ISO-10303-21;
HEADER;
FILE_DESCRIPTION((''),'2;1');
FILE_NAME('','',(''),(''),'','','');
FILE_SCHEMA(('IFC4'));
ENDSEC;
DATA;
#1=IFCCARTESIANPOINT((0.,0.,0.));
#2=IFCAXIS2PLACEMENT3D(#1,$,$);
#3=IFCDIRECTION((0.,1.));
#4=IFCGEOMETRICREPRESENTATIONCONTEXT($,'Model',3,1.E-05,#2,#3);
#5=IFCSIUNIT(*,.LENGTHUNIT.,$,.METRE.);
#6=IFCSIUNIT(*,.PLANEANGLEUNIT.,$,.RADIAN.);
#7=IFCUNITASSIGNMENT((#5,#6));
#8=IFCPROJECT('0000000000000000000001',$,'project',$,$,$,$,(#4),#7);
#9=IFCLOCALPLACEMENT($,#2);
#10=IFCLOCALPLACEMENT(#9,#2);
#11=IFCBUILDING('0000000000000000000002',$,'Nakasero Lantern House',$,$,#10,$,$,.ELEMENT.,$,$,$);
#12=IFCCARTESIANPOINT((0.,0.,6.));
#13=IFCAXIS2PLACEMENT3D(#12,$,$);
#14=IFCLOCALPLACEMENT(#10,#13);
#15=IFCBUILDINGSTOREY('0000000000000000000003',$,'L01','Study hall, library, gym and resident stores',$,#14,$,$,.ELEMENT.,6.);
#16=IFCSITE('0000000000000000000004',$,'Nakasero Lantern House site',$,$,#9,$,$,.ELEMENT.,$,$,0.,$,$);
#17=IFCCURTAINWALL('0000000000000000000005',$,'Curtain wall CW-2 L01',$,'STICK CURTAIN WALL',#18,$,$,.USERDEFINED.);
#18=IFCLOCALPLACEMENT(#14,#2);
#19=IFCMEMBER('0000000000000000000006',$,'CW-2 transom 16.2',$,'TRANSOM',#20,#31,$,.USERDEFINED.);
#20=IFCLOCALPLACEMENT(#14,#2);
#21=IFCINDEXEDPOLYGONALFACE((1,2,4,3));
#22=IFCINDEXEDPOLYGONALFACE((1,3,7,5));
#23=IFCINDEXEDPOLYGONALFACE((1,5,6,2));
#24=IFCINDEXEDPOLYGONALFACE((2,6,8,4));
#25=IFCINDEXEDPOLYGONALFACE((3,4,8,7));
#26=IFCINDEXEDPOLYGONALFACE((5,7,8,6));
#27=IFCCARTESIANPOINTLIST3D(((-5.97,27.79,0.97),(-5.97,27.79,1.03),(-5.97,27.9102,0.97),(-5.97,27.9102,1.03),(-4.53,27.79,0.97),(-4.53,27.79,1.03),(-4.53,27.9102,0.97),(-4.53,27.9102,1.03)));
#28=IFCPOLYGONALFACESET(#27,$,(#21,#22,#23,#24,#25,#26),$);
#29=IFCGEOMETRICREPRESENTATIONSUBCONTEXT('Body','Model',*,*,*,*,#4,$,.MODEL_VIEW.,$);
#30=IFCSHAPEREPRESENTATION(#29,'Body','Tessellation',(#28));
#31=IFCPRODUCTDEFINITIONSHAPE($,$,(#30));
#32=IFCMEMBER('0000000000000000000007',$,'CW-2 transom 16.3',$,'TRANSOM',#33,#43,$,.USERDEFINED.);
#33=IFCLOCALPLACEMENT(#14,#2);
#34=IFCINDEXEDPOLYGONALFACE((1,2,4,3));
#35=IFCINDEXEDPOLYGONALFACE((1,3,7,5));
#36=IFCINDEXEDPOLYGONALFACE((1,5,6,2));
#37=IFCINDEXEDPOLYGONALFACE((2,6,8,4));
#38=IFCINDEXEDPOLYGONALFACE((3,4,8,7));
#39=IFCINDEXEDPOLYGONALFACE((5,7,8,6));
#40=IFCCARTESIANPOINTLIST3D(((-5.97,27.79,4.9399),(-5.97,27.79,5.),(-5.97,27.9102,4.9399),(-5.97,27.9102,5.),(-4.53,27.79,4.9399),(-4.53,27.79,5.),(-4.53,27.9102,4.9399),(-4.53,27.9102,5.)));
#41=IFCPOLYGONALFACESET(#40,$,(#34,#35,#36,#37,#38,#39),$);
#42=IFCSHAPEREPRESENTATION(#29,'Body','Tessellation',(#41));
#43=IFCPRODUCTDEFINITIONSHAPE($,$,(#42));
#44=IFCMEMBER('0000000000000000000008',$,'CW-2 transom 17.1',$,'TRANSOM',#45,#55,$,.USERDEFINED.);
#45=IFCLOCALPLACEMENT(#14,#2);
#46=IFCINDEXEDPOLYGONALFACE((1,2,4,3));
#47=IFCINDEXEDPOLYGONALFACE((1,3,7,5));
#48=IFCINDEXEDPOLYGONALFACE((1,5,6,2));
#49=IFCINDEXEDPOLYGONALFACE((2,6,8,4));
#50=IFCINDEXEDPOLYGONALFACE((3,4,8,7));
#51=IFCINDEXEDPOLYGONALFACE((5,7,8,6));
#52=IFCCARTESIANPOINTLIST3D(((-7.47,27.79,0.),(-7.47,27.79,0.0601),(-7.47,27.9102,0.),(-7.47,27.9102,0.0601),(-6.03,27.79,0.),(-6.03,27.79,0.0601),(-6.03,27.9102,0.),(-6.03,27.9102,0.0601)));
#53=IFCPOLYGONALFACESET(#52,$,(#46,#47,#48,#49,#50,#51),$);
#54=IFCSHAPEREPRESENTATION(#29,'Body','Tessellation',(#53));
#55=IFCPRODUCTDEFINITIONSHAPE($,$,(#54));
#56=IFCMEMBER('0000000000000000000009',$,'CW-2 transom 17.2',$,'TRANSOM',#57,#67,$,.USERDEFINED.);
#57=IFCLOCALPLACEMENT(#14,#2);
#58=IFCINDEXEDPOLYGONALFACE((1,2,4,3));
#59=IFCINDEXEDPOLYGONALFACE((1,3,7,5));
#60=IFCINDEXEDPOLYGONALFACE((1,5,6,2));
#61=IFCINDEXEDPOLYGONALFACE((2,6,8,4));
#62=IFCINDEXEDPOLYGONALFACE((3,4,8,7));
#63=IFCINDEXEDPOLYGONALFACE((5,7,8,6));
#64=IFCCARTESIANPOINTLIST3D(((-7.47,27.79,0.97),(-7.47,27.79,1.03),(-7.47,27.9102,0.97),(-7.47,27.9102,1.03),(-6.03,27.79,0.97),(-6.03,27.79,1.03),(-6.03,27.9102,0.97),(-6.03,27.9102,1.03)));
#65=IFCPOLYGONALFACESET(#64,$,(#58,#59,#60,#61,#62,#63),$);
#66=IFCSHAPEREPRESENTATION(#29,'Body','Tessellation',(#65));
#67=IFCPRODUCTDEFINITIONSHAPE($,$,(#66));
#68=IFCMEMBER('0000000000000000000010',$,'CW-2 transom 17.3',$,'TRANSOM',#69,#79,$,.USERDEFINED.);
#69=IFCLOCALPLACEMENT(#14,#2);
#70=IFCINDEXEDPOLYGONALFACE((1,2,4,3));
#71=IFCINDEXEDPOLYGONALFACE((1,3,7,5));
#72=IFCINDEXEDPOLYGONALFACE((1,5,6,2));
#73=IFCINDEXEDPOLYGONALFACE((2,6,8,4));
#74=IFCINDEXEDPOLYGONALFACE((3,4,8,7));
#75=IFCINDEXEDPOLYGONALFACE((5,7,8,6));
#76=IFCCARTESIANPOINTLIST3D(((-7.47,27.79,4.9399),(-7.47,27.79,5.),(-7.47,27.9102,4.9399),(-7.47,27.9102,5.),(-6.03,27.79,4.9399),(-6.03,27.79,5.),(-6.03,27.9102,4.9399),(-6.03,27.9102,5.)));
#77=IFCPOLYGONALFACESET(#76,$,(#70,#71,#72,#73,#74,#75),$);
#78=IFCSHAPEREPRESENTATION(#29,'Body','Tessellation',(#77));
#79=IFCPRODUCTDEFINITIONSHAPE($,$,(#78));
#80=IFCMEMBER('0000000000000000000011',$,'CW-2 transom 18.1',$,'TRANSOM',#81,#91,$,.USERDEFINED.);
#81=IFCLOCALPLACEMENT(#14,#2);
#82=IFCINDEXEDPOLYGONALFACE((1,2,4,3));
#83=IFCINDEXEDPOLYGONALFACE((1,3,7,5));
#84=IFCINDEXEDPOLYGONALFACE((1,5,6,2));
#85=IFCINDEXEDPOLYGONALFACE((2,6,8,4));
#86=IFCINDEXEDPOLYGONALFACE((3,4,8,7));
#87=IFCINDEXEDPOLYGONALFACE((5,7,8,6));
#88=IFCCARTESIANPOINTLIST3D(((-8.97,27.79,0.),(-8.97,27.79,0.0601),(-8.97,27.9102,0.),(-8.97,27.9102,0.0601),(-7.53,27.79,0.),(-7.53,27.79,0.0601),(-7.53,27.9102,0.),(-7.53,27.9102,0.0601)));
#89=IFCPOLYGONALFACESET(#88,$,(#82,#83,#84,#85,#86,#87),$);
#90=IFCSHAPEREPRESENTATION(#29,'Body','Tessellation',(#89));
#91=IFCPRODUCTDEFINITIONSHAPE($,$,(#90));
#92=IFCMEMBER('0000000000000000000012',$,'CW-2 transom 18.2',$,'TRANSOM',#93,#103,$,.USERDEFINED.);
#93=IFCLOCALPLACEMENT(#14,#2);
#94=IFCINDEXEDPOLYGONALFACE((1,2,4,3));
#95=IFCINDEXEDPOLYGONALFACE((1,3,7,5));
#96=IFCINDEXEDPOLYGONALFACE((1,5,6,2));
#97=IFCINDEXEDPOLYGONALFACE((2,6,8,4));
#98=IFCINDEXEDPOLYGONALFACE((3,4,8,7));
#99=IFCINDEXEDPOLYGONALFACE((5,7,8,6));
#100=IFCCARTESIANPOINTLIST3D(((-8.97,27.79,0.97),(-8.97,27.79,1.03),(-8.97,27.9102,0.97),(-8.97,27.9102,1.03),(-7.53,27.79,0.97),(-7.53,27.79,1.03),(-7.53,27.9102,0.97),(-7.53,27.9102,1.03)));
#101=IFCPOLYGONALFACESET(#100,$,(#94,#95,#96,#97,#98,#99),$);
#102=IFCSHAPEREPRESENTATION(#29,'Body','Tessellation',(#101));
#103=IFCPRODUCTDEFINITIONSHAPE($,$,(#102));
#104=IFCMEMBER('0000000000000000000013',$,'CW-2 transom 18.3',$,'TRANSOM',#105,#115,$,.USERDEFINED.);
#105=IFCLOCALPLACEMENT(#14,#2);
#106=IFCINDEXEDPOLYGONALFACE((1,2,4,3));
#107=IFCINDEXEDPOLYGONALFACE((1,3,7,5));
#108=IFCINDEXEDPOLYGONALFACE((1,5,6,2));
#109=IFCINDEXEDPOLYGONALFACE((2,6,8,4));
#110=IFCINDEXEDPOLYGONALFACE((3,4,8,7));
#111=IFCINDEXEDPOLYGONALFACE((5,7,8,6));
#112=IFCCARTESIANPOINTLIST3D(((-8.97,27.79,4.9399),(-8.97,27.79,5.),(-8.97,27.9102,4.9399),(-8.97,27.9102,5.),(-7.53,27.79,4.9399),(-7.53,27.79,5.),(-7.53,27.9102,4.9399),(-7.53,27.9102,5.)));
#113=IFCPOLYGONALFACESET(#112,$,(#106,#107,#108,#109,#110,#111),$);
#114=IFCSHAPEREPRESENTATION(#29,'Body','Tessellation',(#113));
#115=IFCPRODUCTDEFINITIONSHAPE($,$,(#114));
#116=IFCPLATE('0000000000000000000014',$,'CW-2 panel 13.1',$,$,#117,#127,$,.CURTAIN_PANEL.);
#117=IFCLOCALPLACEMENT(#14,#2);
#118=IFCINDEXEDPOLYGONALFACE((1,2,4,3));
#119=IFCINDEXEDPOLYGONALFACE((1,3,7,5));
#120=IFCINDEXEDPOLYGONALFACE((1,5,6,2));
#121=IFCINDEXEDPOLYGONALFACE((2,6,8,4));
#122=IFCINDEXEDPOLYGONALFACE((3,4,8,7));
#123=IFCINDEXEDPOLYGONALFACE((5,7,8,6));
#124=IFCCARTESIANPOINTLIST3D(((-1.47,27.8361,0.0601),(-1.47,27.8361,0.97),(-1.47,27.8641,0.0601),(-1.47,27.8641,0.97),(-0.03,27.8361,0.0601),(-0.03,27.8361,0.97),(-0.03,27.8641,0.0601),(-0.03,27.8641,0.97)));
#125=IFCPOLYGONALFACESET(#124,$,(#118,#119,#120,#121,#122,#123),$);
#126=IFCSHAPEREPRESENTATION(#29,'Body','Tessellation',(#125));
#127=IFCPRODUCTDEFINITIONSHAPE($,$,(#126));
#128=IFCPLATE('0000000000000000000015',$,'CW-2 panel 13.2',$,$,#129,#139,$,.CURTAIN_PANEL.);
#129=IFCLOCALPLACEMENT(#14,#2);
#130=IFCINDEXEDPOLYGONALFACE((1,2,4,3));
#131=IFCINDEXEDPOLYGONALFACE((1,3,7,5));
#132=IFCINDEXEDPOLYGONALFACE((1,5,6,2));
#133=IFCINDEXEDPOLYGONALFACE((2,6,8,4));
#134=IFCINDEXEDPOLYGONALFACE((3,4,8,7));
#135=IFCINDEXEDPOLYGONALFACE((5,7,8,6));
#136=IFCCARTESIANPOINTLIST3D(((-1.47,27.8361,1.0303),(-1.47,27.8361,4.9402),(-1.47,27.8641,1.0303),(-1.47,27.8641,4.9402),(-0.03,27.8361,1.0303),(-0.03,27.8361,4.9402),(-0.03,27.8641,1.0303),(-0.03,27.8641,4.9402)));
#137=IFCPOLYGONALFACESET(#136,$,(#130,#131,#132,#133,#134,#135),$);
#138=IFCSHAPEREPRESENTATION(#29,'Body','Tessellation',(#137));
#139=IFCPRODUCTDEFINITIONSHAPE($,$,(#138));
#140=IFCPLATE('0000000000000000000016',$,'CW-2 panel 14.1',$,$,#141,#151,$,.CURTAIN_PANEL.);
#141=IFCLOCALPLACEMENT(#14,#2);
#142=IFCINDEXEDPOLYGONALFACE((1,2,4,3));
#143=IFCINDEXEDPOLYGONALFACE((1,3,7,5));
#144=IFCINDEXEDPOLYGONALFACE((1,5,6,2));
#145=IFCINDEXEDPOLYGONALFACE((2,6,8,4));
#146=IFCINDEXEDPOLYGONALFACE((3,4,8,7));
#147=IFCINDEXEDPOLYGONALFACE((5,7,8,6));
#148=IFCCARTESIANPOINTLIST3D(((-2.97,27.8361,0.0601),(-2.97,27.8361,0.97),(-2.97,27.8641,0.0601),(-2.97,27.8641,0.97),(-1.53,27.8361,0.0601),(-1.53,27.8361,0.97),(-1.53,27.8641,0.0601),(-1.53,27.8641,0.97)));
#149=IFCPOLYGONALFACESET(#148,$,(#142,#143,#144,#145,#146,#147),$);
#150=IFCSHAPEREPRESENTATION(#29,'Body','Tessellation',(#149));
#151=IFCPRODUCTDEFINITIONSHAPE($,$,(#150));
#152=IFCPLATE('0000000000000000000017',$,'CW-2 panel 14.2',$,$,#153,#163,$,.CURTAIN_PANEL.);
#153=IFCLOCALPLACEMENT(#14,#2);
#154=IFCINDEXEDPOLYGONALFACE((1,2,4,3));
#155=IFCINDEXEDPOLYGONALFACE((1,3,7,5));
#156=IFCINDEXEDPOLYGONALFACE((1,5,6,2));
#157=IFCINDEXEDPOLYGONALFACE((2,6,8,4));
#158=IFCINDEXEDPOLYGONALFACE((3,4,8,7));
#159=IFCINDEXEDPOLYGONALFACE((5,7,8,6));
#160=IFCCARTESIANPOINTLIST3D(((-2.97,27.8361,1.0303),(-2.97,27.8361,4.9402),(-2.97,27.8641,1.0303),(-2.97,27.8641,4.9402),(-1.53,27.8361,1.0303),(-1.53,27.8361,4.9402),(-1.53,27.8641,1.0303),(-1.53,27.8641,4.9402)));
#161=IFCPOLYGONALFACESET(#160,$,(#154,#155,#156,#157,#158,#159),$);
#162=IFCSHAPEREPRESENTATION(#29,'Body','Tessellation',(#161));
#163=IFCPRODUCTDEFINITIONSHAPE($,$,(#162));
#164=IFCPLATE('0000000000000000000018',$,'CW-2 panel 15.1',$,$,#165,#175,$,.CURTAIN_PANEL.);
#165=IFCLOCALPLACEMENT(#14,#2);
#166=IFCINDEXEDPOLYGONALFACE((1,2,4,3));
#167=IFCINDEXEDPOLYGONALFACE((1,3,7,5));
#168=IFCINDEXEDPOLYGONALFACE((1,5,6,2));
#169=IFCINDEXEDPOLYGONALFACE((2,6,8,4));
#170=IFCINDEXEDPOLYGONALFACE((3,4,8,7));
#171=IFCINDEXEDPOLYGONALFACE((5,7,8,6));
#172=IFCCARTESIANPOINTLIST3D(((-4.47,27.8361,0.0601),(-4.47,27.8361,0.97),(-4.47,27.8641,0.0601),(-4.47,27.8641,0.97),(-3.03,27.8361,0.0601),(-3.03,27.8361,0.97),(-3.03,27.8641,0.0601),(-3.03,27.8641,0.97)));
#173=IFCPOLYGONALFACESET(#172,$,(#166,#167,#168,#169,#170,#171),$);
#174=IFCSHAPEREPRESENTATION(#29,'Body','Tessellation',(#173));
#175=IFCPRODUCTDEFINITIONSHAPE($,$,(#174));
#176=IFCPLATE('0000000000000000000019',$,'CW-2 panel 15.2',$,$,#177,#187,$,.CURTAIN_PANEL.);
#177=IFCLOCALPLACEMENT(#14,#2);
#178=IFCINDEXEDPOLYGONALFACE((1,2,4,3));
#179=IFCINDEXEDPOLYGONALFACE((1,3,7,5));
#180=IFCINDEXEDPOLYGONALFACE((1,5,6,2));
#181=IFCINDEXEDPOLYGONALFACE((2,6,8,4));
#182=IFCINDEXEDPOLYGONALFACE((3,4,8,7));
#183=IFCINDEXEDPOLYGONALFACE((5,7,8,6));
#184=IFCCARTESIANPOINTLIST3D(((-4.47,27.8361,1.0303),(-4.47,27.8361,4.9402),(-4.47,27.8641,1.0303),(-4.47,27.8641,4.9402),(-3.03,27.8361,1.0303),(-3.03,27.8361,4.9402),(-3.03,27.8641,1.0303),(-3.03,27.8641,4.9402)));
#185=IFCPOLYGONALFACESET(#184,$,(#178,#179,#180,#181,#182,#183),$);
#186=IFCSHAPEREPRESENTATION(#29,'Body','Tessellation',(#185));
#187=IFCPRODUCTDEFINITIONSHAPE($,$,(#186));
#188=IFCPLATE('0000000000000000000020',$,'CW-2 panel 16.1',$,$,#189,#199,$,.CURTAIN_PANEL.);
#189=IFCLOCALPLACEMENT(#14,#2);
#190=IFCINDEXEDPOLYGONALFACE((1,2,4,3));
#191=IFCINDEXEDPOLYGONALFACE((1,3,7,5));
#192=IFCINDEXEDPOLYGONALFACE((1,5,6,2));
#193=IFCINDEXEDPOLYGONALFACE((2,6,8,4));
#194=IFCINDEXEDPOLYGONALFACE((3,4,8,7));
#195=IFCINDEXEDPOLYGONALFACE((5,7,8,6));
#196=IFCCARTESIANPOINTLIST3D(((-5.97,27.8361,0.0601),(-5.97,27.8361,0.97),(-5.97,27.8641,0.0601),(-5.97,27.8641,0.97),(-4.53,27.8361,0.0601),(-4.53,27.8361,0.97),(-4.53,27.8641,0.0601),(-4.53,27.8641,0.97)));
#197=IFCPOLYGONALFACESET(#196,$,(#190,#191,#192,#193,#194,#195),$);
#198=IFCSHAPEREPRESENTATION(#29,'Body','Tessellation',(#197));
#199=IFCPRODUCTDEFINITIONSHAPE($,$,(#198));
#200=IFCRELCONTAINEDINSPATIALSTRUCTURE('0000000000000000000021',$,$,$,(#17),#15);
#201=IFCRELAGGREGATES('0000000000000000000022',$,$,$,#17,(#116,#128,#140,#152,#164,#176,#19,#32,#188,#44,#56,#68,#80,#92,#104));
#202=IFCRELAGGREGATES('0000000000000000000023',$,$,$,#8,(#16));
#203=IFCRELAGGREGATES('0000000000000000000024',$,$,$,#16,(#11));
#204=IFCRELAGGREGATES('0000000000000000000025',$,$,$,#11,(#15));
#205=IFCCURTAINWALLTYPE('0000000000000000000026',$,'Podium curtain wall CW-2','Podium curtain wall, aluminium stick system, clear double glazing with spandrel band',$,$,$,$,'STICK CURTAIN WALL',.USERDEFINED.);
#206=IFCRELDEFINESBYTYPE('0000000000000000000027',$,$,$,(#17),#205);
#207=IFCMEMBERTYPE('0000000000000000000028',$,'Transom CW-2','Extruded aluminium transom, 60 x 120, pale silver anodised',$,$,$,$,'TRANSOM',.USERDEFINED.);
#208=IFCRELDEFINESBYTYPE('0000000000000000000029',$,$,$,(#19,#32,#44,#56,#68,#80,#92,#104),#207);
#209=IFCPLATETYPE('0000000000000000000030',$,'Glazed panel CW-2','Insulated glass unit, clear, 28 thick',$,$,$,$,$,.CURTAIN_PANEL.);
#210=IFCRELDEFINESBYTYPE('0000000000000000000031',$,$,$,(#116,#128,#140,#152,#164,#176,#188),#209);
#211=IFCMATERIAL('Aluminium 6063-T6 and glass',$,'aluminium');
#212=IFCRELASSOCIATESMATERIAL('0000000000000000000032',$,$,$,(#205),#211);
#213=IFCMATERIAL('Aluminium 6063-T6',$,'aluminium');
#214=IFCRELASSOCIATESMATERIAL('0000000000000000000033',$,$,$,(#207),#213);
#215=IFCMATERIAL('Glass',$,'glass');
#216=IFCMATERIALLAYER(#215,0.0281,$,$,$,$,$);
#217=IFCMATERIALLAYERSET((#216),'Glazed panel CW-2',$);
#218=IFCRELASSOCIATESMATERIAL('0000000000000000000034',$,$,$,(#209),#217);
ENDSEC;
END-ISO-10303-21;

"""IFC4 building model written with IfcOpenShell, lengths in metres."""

from ifc_helpers import new_model, si_unit, direction, frame, origin, origin_2d, place, context, subcontext, project, spatial, rectangle, extrude, material, layer, layer_set, material_profile, profile_set, type_object, element, aggregate, save


model = new_model("IFC4")

# Units and contexts
model_context = context("Model", 3, precision=1e-05, world=origin(), true_north=direction((0.0, 1.0)))
body_context = subcontext(model_context, "Body", "Model", "MODEL_VIEW")
ifc_project = project(units=[si_unit("LENGTHUNIT", "METRE"), si_unit("PLANEANGLEUNIT", "RADIAN")], contexts=[model_context])

# Site, building, storey
site_placement = place(None, origin())
site = spatial("IfcSite", under=ifc_project, at=site_placement, Name="Nakasero Lantern House site", CompositionType="ELEMENT", RefElevation=0.0)
building_placement = place(site_placement, origin())
building = spatial("IfcBuilding", under=site, at=building_placement, Name="Nakasero Lantern House", CompositionType="ELEMENT")
storey_placement = place(building_placement, frame((0.0, 0.0, 6.0)))
storey = spatial("IfcBuildingStorey", under=building, at=storey_placement, Name="L01", Description="Study hall, library, gym and resident stores", CompositionType="ELEMENT", Elevation=6.0)

# Curtain wall, members, plates
ifc_material_1 = material(Name="Aluminium 6063-T6 and glass", Category="aluminium")
curtain_wall_type = type_object("IfcCurtainWallType", Name="Podium curtain wall CW-2", Description="Podium curtain wall, aluminium stick system, clear double glazing with spandrel band", ElementType="STICK CURTAIN WALL", PredefinedType="USERDEFINED", material=ifc_material_1)
curtain_wall_placement = place(storey_placement, origin())
curtain_wall = element("IfcCurtainWall", 1, at=curtain_wall_placement, inside=storey, type_object=curtain_wall_type, Name="Curtain wall CW-2 L01", ObjectType="STICK CURTAIN WALL", PredefinedType="USERDEFINED")
ifc_material_2 = material(Name="Aluminium 6063-T6", Category="aluminium")
ifc_material_profile_1 = material_profile(ifc_material_2, rectangle(XDim=0.0601, YDim=0.1201, at=origin_2d()), Name="CW-2 transom 60x120")
ifc_profile_set_1 = profile_set([ifc_material_profile_1], Name="Aluminium 6063-T6")
member_type_1 = type_object("IfcMemberType", Name="Transom CW-2", Description="Extruded aluminium transom, 60 x 120, pale silver anodised", ElementType="TRANSOM", PredefinedType="USERDEFINED", material=ifc_profile_set_1)
member_1_placement = place(storey_placement, frame((-4.53, 27.8501, 1.0), z_axis=(-1.0, 0.0, 0.0), x_axis=(0.0, 0.0, 1.0)))
member_1 = element("IfcMember", 2, at=member_1_placement, type_object=member_type_1, Name="CW-2 transom 16.2", ObjectType="TRANSOM", PredefinedType="USERDEFINED", context=body_context, shape_type="SweptSolid", body=[
    extrude(rectangle(XDim=0.0601, YDim=0.1201, at=origin_2d()), origin(), (0.0, 0.0, 1.0), 1.4399),
])
member_2_placement = place(storey_placement, frame((-4.53, 27.8501, 4.97), z_axis=(-1.0, 0.0, 0.0), x_axis=(0.0, 0.0, 1.0)))
member_2 = element("IfcMember", 3, at=member_2_placement, type_object=member_type_1, Name="CW-2 transom 16.3", ObjectType="TRANSOM", PredefinedType="USERDEFINED", context=body_context, shape_type="SweptSolid", body=[
    extrude(rectangle(XDim=0.0601, YDim=0.1201, at=origin_2d()), origin(), (0.0, 0.0, 1.0), 1.4399),
])
member_3_placement = place(storey_placement, frame((-6.03, 27.8501, 0.03), z_axis=(-1.0, 0.0, 0.0), x_axis=(0.0, 0.0, 1.0)))
member_3 = element("IfcMember", 4, at=member_3_placement, type_object=member_type_1, Name="CW-2 transom 17.1", ObjectType="TRANSOM", PredefinedType="USERDEFINED", context=body_context, shape_type="SweptSolid", body=[
    extrude(rectangle(XDim=0.0601, YDim=0.1201, at=origin_2d()), origin(), (0.0, 0.0, 1.0), 1.4399),
])
member_4_placement = place(storey_placement, frame((-6.03, 27.8501, 1.0), z_axis=(-1.0, 0.0, 0.0), x_axis=(0.0, 0.0, 1.0)))
member_4 = element("IfcMember", 5, at=member_4_placement, type_object=member_type_1, Name="CW-2 transom 17.2", ObjectType="TRANSOM", PredefinedType="USERDEFINED", context=body_context, shape_type="SweptSolid", body=[
    extrude(rectangle(XDim=0.0601, YDim=0.1201, at=origin_2d()), origin(), (0.0, 0.0, 1.0), 1.4399),
])
member_5_placement = place(storey_placement, frame((-6.03, 27.8501, 4.97), z_axis=(-1.0, 0.0, 0.0), x_axis=(0.0, 0.0, 1.0)))
member_5 = element("IfcMember", 6, at=member_5_placement, type_object=member_type_1, Name="CW-2 transom 17.3", ObjectType="TRANSOM", PredefinedType="USERDEFINED", context=body_context, shape_type="SweptSolid", body=[
    extrude(rectangle(XDim=0.0601, YDim=0.1201, at=origin_2d()), origin(), (0.0, 0.0, 1.0), 1.4399),
])
member_6_placement = place(storey_placement, frame((-7.53, 27.8501, 0.03), z_axis=(-1.0, 0.0, 0.0), x_axis=(0.0, 0.0, 1.0)))
member_6 = element("IfcMember", 7, at=member_6_placement, type_object=member_type_1, Name="CW-2 transom 18.1", ObjectType="TRANSOM", PredefinedType="USERDEFINED", context=body_context, shape_type="SweptSolid", body=[
    extrude(rectangle(XDim=0.0601, YDim=0.1201, at=origin_2d()), origin(), (0.0, 0.0, 1.0), 1.4399),
])
member_7_placement = place(storey_placement, frame((-7.53, 27.8501, 1.0), z_axis=(-1.0, 0.0, 0.0), x_axis=(0.0, 0.0, 1.0)))
member_7 = element("IfcMember", 8, at=member_7_placement, type_object=member_type_1, Name="CW-2 transom 18.2", ObjectType="TRANSOM", PredefinedType="USERDEFINED", context=body_context, shape_type="SweptSolid", body=[
    extrude(rectangle(XDim=0.0601, YDim=0.1201, at=origin_2d()), origin(), (0.0, 0.0, 1.0), 1.4399),
])
member_8_placement = place(storey_placement, frame((-7.53, 27.8501, 4.97), z_axis=(-1.0, 0.0, 0.0), x_axis=(0.0, 0.0, 1.0)))
member_8 = element("IfcMember", 9, at=member_8_placement, type_object=member_type_1, Name="CW-2 transom 18.3", ObjectType="TRANSOM", PredefinedType="USERDEFINED", context=body_context, shape_type="SweptSolid", body=[
    extrude(rectangle(XDim=0.0601, YDim=0.1201, at=origin_2d()), origin(), (0.0, 0.0, 1.0), 1.4399),
])
ifc_material_3 = material(Name="Glass", Category="glass")
ifc_layer = layer(ifc_material_3, 0.0281)
ifc_layer_set = layer_set([ifc_layer], Name="Glazed panel CW-2")
plate_type = type_object("IfcPlateType", Name="Glazed panel CW-2", Description="Insulated glass unit, clear, 28 thick", PredefinedType="CURTAIN_PANEL", material=ifc_layer_set)
plate_1_placement = place(storey_placement, frame((-0.75, 27.8501, 0.0601), z_axis=(0.0, 0.0, 1.0), x_axis=(-1.0, 0.0, 0.0)))
plate_1 = element("IfcPlate", 10, at=plate_1_placement, type_object=plate_type, Name="CW-2 panel 13.1", PredefinedType="CURTAIN_PANEL", context=body_context, shape_type="SweptSolid", body=[
    extrude(rectangle(XDim=1.4399, YDim=0.0281, at=origin_2d()), origin(), (0.0, 0.0, 1.0), 0.9099),
])
plate_2_placement = place(storey_placement, frame((-0.75, 27.8501, 1.0303), z_axis=(0.0, 0.0, 1.0), x_axis=(-1.0, 0.0, 0.0)))
plate_2 = element("IfcPlate", 11, at=plate_2_placement, type_object=plate_type, Name="CW-2 panel 13.2", PredefinedType="CURTAIN_PANEL", context=body_context, shape_type="SweptSolid", body=[
    extrude(rectangle(XDim=1.4399, YDim=0.0281, at=origin_2d()), origin(), (0.0, 0.0, 1.0), 3.9099),
])
plate_3_placement = place(storey_placement, frame((-2.25, 27.8501, 0.0601), z_axis=(0.0, 0.0, 1.0), x_axis=(-1.0, 0.0, 0.0)))
plate_3 = element("IfcPlate", 12, at=plate_3_placement, type_object=plate_type, Name="CW-2 panel 14.1", PredefinedType="CURTAIN_PANEL", context=body_context, shape_type="SweptSolid", body=[
    extrude(rectangle(XDim=1.4399, YDim=0.0281, at=origin_2d()), origin(), (0.0, 0.0, 1.0), 0.9099),
])
plate_4_placement = place(storey_placement, frame((-2.25, 27.8501, 1.0303), z_axis=(0.0, 0.0, 1.0), x_axis=(-1.0, 0.0, 0.0)))
plate_4 = element("IfcPlate", 13, at=plate_4_placement, type_object=plate_type, Name="CW-2 panel 14.2", PredefinedType="CURTAIN_PANEL", context=body_context, shape_type="SweptSolid", body=[
    extrude(rectangle(XDim=1.4399, YDim=0.0281, at=origin_2d()), origin(), (0.0, 0.0, 1.0), 3.9099),
])
plate_5_placement = place(storey_placement, frame((-3.75, 27.8501, 0.0601), z_axis=(0.0, 0.0, 1.0), x_axis=(-1.0, 0.0, 0.0)))
plate_5 = element("IfcPlate", 14, at=plate_5_placement, type_object=plate_type, Name="CW-2 panel 15.1", PredefinedType="CURTAIN_PANEL", context=body_context, shape_type="SweptSolid", body=[
    extrude(rectangle(XDim=1.4399, YDim=0.0281, at=origin_2d()), origin(), (0.0, 0.0, 1.0), 0.9099),
])
plate_6_placement = place(storey_placement, frame((-3.75, 27.8501, 1.0303), z_axis=(0.0, 0.0, 1.0), x_axis=(-1.0, 0.0, 0.0)))
plate_6 = element("IfcPlate", 15, at=plate_6_placement, type_object=plate_type, Name="CW-2 panel 15.2", PredefinedType="CURTAIN_PANEL", context=body_context, shape_type="SweptSolid", body=[
    extrude(rectangle(XDim=1.4399, YDim=0.0281, at=origin_2d()), origin(), (0.0, 0.0, 1.0), 3.9099),
])
plate_7_placement = place(storey_placement, frame((-5.25, 27.8501, 0.0601), z_axis=(0.0, 0.0, 1.0), x_axis=(-1.0, 0.0, 0.0)))
plate_7 = element("IfcPlate", 16, at=plate_7_placement, type_object=plate_type, Name="CW-2 panel 16.1", PredefinedType="CURTAIN_PANEL", context=body_context, shape_type="SweptSolid", body=[
    extrude(rectangle(XDim=1.4399, YDim=0.0281, at=origin_2d()), origin(), (0.0, 0.0, 1.0), 0.9099),
])
aggregate(curtain_wall, [plate_1, plate_2, plate_3, plate_4, plate_5, plate_6, member_1, member_2, plate_7, member_3, member_4, member_5, member_6, member_7, member_8])

save(model, "model.ifc")
